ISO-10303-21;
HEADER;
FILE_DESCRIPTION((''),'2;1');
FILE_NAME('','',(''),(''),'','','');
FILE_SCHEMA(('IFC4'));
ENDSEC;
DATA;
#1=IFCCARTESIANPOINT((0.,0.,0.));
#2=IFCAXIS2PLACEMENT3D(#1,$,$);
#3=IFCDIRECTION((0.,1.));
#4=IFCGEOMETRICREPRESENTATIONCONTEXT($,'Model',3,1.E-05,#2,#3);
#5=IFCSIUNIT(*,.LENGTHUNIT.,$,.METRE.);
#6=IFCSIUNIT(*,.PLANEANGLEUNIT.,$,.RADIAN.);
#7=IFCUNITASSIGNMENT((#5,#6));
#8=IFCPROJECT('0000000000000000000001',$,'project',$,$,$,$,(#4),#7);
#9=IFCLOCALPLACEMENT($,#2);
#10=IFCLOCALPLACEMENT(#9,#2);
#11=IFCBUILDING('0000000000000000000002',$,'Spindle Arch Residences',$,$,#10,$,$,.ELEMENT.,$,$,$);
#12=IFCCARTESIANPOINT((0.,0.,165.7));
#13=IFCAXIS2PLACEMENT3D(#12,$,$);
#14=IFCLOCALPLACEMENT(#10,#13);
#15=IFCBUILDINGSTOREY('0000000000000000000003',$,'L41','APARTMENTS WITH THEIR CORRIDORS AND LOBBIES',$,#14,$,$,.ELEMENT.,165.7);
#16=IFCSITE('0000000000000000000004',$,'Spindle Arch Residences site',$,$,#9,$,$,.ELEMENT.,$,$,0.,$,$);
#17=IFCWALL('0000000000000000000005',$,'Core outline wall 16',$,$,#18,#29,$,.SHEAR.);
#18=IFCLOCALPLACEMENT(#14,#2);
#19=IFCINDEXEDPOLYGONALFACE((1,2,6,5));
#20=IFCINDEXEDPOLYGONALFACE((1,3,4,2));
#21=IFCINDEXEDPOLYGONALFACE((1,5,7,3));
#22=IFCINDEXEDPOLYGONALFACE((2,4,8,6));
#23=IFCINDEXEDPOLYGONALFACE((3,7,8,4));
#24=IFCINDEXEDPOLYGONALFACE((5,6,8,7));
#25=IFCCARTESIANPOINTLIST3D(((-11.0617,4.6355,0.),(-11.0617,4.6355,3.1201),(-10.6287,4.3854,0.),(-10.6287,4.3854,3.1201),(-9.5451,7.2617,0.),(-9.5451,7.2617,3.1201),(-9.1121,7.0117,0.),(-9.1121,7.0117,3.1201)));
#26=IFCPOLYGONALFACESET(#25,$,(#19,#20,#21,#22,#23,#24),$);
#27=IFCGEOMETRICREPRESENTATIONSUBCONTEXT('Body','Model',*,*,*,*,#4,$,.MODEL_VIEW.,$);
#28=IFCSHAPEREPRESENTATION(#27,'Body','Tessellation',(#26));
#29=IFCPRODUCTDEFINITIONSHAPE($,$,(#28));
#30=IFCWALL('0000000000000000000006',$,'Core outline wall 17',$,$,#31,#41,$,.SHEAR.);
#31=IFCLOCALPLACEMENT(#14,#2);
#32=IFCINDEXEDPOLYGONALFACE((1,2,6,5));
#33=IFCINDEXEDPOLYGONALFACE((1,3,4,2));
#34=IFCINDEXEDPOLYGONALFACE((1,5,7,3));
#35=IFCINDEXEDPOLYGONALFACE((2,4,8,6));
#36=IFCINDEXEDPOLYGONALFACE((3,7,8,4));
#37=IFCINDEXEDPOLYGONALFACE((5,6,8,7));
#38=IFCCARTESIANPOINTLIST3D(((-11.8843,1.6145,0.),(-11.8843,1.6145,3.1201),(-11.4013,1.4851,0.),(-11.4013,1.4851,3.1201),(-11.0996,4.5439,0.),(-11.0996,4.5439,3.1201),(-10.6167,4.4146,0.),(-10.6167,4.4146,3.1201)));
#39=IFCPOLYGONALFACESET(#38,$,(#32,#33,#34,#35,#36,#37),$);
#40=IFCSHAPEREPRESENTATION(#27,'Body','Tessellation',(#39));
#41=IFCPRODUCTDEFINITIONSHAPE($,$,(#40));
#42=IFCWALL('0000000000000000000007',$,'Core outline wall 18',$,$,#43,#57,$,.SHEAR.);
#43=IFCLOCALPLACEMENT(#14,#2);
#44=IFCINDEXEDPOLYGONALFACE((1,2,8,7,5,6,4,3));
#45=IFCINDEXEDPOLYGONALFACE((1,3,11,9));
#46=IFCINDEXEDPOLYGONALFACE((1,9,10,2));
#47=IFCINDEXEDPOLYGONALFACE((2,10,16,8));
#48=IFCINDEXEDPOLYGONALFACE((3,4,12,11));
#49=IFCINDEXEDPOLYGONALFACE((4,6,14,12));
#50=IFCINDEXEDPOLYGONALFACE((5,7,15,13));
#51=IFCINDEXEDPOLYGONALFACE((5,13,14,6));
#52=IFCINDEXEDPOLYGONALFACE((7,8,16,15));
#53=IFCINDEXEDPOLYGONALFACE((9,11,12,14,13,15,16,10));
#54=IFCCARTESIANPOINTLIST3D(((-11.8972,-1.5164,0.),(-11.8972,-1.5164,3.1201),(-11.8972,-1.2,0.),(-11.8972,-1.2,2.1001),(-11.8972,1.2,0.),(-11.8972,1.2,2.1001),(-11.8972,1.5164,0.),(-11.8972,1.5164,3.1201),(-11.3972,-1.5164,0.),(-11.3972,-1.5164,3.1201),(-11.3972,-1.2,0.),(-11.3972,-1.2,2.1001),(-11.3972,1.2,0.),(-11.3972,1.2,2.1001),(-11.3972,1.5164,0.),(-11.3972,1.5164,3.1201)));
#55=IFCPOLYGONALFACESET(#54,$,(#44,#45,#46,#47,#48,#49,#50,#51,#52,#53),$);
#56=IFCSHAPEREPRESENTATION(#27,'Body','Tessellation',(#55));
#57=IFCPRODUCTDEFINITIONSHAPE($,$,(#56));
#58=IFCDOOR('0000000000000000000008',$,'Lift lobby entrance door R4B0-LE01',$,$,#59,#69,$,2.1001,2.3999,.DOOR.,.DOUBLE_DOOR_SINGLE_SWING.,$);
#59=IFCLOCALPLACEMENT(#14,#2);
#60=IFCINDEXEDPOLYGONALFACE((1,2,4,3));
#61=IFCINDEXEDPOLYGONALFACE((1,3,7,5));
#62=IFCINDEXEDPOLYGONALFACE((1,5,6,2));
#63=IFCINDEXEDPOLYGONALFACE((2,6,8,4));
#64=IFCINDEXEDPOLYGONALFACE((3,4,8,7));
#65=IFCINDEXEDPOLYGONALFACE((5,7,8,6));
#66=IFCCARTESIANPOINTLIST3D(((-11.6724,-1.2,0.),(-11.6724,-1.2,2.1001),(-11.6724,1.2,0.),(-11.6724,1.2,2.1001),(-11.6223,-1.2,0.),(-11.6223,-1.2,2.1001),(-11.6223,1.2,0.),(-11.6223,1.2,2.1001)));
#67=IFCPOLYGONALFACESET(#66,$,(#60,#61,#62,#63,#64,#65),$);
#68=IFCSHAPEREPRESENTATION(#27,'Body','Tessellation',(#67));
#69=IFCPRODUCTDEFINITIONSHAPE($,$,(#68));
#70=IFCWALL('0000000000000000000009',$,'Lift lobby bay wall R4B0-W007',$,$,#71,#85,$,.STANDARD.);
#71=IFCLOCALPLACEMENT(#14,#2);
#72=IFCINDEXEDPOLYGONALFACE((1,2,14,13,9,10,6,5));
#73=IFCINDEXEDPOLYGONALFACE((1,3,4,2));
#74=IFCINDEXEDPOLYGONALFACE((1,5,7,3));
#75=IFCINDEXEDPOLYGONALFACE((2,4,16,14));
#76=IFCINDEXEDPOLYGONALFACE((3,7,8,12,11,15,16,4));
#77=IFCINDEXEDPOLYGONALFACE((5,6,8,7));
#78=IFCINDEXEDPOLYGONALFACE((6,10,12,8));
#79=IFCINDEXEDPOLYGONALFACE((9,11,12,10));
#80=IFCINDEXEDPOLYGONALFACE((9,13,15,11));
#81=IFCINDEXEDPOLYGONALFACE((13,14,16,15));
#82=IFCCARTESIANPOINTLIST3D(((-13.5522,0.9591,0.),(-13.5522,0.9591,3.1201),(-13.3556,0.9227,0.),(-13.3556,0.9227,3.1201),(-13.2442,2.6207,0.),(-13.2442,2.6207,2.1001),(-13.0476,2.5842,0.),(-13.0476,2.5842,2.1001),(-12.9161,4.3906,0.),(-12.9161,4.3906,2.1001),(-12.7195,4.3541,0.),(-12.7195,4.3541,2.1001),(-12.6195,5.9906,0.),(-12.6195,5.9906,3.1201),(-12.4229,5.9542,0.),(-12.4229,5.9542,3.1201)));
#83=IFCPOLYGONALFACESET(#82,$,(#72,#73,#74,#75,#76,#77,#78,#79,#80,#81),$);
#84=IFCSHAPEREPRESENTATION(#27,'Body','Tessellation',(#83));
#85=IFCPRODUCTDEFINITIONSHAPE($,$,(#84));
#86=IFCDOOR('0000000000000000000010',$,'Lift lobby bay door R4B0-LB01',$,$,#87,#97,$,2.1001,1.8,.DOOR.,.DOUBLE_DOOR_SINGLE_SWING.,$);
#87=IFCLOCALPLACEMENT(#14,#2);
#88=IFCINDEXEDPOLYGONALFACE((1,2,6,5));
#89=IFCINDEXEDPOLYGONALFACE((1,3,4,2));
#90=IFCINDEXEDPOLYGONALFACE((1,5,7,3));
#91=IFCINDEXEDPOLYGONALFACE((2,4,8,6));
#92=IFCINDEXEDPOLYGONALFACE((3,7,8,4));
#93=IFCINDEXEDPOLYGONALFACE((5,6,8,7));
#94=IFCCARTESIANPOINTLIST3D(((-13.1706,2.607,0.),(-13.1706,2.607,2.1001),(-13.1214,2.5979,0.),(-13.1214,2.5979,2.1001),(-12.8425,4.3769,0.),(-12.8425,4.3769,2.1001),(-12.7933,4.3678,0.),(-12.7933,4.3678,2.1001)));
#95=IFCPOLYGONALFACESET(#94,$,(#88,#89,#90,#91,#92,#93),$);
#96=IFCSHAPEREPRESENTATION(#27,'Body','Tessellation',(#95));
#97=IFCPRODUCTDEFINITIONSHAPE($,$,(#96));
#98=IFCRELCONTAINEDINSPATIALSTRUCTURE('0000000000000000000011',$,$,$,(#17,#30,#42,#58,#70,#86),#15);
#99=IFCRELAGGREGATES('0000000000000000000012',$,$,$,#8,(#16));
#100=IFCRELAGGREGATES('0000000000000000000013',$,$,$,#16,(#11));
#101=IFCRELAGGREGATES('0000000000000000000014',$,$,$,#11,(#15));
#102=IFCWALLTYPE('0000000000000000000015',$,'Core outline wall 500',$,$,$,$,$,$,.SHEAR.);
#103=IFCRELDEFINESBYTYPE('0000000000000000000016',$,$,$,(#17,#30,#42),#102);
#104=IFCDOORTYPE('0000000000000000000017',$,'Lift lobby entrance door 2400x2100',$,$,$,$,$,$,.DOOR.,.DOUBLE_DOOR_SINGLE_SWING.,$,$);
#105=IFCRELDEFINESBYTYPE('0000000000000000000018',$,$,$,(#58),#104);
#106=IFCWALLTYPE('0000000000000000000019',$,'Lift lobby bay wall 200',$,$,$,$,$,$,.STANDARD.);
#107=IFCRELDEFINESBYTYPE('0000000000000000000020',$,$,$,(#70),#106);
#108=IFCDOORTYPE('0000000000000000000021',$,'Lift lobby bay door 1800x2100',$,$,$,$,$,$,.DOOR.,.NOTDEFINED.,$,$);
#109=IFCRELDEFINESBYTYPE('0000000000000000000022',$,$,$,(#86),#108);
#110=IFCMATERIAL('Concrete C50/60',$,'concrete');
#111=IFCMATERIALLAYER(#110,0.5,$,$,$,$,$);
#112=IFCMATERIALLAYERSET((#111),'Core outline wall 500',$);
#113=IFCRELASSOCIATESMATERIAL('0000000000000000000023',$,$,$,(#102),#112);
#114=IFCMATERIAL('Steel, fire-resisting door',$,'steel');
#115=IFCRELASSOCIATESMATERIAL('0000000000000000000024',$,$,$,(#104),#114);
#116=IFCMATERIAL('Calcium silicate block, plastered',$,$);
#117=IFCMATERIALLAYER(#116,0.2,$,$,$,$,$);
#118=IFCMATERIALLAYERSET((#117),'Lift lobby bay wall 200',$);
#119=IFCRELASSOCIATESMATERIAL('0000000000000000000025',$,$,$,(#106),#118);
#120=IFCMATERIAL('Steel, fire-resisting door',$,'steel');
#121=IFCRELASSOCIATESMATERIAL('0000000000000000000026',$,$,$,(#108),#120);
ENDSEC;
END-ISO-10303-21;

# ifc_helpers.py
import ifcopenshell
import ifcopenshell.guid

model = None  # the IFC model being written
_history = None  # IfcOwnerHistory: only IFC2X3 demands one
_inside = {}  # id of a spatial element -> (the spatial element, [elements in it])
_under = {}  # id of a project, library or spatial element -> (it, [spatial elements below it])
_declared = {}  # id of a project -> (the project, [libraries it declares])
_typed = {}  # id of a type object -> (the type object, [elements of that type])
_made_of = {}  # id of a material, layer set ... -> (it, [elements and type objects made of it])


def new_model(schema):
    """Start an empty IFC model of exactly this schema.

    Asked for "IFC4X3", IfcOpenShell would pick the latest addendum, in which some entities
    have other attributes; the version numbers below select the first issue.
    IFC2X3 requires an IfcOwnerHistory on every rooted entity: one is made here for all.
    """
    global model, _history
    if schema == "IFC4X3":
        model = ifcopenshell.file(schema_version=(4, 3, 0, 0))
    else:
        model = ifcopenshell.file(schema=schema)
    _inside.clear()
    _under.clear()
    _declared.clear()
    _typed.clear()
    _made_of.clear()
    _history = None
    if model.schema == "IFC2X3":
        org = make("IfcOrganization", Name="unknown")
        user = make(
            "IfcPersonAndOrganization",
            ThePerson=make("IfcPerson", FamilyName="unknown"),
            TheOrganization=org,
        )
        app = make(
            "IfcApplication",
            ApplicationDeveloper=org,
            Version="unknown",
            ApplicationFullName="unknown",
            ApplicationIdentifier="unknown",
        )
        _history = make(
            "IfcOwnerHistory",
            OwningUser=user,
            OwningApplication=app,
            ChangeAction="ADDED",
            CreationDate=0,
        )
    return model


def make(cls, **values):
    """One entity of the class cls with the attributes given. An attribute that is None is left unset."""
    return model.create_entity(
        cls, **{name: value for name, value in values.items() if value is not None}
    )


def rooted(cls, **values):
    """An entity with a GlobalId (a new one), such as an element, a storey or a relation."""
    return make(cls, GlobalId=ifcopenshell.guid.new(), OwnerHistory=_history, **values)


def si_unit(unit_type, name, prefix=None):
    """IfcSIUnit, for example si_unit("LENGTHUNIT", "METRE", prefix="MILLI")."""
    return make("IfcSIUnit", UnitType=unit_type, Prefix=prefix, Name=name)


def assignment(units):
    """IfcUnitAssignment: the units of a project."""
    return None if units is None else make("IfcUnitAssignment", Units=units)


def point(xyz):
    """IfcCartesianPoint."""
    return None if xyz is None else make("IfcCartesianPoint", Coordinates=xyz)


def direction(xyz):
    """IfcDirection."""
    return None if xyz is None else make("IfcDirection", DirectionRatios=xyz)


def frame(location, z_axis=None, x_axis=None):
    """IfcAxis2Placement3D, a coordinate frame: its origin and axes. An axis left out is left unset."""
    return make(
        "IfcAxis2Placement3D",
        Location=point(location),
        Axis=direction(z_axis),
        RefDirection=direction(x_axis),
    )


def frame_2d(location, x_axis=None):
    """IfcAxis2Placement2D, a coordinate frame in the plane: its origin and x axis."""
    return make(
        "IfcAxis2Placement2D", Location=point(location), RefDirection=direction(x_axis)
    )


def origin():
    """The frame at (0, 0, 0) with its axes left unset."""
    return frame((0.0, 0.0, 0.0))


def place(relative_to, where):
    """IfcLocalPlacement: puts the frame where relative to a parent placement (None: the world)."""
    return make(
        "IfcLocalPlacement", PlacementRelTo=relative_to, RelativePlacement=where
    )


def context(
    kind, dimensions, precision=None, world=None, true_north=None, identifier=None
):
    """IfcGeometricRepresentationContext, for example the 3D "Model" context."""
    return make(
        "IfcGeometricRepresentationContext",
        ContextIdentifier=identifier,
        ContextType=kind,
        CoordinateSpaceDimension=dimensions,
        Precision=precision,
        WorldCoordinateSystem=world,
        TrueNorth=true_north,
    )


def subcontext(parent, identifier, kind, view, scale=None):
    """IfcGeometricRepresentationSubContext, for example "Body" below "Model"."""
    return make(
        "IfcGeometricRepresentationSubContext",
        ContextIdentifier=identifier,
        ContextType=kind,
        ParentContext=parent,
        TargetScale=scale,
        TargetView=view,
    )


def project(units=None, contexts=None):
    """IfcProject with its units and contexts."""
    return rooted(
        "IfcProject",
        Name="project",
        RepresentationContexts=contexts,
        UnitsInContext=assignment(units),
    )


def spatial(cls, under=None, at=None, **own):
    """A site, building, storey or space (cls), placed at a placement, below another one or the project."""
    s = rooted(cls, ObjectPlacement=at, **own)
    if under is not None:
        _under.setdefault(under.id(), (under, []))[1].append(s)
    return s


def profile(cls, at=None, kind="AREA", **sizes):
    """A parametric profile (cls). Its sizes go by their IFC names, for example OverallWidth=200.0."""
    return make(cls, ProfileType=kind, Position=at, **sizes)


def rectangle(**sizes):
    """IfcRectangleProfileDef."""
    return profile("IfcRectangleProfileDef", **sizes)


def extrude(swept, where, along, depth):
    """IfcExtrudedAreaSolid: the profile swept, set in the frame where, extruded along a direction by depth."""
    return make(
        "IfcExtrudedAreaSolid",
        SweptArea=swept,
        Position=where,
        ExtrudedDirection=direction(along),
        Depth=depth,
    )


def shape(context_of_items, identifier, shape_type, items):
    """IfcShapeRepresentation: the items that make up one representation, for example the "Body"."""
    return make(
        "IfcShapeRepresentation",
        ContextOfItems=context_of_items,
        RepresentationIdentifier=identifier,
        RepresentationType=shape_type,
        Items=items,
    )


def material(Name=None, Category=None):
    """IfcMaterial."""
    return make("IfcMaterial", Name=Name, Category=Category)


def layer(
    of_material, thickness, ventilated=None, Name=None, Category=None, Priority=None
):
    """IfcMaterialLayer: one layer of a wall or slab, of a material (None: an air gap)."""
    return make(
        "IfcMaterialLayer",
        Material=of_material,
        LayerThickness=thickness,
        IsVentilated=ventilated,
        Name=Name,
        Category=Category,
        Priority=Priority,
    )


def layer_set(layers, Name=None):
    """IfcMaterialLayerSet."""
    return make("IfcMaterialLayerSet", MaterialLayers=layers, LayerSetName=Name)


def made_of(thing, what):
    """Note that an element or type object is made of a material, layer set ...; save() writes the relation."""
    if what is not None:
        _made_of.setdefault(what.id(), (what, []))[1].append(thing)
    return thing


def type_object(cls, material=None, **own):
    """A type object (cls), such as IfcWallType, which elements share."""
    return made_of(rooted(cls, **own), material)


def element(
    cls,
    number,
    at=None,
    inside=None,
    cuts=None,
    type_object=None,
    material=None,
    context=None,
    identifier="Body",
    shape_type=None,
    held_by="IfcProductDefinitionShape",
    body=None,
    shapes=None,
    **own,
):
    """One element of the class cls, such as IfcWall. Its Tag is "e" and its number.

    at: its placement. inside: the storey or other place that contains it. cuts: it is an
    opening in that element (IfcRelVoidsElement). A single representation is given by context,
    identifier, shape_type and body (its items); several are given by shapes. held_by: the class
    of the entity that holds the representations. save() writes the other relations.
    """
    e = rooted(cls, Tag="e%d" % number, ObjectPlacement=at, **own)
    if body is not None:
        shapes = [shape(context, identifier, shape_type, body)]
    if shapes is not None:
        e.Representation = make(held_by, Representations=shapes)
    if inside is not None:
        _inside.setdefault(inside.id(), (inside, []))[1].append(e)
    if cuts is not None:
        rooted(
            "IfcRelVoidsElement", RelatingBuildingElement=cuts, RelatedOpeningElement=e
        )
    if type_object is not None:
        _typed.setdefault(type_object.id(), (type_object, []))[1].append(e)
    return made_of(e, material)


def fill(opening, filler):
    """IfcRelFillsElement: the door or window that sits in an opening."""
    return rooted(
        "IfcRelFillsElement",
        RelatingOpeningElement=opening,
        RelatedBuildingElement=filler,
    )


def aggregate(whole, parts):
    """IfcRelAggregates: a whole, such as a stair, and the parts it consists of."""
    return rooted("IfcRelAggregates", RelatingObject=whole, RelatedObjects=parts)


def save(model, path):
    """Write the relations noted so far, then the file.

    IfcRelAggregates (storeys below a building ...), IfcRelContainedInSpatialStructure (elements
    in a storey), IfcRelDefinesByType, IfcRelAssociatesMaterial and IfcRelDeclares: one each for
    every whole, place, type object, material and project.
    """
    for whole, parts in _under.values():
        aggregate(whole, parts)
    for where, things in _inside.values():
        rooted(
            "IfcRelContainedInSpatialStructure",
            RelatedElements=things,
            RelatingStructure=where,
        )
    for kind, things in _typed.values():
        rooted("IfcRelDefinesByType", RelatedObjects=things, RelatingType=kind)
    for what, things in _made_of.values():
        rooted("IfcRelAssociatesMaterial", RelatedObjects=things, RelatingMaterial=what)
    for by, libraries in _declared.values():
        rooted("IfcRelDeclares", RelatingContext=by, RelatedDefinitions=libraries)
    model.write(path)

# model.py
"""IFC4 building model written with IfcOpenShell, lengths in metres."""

from ifc_helpers import new_model, si_unit, direction, frame, frame_2d, origin, place, context, subcontext, project, spatial, rectangle, extrude, material, layer, layer_set, type_object, element, fill, save


model = new_model("IFC4")

# Units and contexts
model_context = context("Model", 3, precision=1e-05, world=origin(), true_north=direction((0.0, 1.0)))
body_context = subcontext(model_context, "Body", "Model", "MODEL_VIEW")
ifc_project = project(units=[si_unit("LENGTHUNIT", "METRE"), si_unit("PLANEANGLEUNIT", "RADIAN")], contexts=[model_context])

# Site, building, storey
site_placement = place(None, origin())
site = spatial("IfcSite", under=ifc_project, at=site_placement, Name="Spindle Arch Residences site", CompositionType="ELEMENT", RefElevation=0.0)
building_placement = place(site_placement, origin())
building = spatial("IfcBuilding", under=site, at=building_placement, Name="Spindle Arch Residences", CompositionType="ELEMENT")
storey_placement = place(building_placement, frame((0.0, 0.0, 165.7)))
storey = spatial("IfcBuildingStorey", under=building, at=storey_placement, Name="L41", Description="APARTMENTS WITH THEIR CORRIDORS AND LOBBIES", CompositionType="ELEMENT", Elevation=165.7)

# Walls
ifc_material_1 = material(Name="Concrete C50/60", Category="concrete")
ifc_layer_1 = layer(ifc_material_1, 0.5)
ifc_layer_set_1 = layer_set([ifc_layer_1], Name="Core outline wall 500")
wall_type_1 = type_object("IfcWallType", Name="Core outline wall 500", PredefinedType="SHEAR", material=ifc_layer_set_1)
for number, where, z_axis, x_axis, name in (
    (1, (-9.3286, 7.1367, 0.0), (0.0, 0.0, 1.0), (-0.500087, -0.865975, 0.0), "Core outline wall 16"),
    (2, (-10.8582, 4.4792, 0.0), (0.0, 0.0, 1.0), (-0.258735, -0.965948, 0.0), "Core outline wall 17"),
):
    element("IfcWall", number, at=place(storey_placement, frame(where, z_axis=z_axis, x_axis=x_axis)), inside=storey, type_object=wall_type_1, Name=name, PredefinedType="SHEAR", context=body_context, shape_type="SweptSolid", body=[
        extrude(rectangle(XDim=3.0327, YDim=0.5, at=frame_2d((1.5164, 0.0))), origin(), (0.0, 0.0, 1.0), 3.1201),
    ])

# Walls, openings, doors
wall_1_placement = place(storey_placement, frame((-11.6472, 1.5164, 0.0), z_axis=(0.0, 0.0, 1.0), x_axis=(0.0, -1.0, 0.0)))
wall_1 = element("IfcWall", 3, at=wall_1_placement, inside=storey, type_object=wall_type_1, Name="Core outline wall 18", PredefinedType="SHEAR", context=body_context, shape_type="SweptSolid", body=[
    extrude(rectangle(XDim=3.0327, YDim=0.5, at=frame_2d((1.5164, 0.0))), origin(), (0.0, 0.0, 1.0), 3.1201),
])
opening_1_placement = place(wall_1_placement, frame((0.3164, 0.0, 0.0)))
opening_1 = element("IfcOpeningElement", 4, at=opening_1_placement, cuts=wall_1, PredefinedType="OPENING", context=body_context, shape_type="SweptSolid", body=[
    extrude(rectangle(XDim=2.3999, YDim=2.1001, at=frame_2d((1.2, 1.05))), frame((0.0, 0.26, 0.0), z_axis=(0.0, -1.0, 0.0), x_axis=(1.0, 0.0, 0.0)), (0.0, 0.0, 1.0), 0.52),
])
ifc_material_2 = material(Name="Steel, fire-resisting door", Category="steel")
door_type_1 = type_object("IfcDoorType", Name="Lift lobby entrance door 2400x2100", OperationType="DOUBLE_DOOR_SINGLE_SWING", PredefinedType="DOOR", material=ifc_material_2)
door_1_placement = place(opening_1_placement, origin())
door_1 = element("IfcDoor", 5, at=door_1_placement, inside=storey, type_object=door_type_1, Name="Lift lobby entrance door R4B0-LE01", OperationType="DOUBLE_DOOR_SINGLE_SWING", OverallHeight=2.1001, OverallWidth=2.3999, PredefinedType="DOOR", context=body_context, shape_type="SweptSolid", body=[
    extrude(rectangle(XDim=2.3999, YDim=2.1001, at=frame_2d((1.2, 1.05))), frame((0.0, 0.0249, 0.0), z_axis=(0.0, -1.0, 0.0), x_axis=(1.0, 0.0, 0.0)), (0.0, 0.0, 1.0), 0.05),
])
fill(opening_1, door_1)
ifc_material_3 = material(Name="Calcium silicate block, plastered")
ifc_layer_2 = layer(ifc_material_3, 0.2)
ifc_layer_set_2 = layer_set([ifc_layer_2], Name="Lift lobby bay wall 200")
wall_type_2 = type_object("IfcWallType", Name="Lift lobby bay wall 200", PredefinedType="STANDARD", material=ifc_layer_set_2)
wall_2_placement = place(storey_placement, frame((-12.5212, 5.9724, 0.0), z_axis=(0.0, 0.0, 1.0), x_axis=(-0.182252, -0.983252, 0.0)))
wall_2 = element("IfcWall", 6, at=wall_2_placement, inside=storey, type_object=wall_type_2, Name="Lift lobby bay wall R4B0-W007", PredefinedType="STANDARD", context=body_context, shape_type="SweptSolid", body=[
    extrude(rectangle(XDim=5.1172, YDim=0.2, at=frame_2d((2.5586, 0.0))), origin(), (0.0, 0.0, 1.0), 3.1201),
])
opening_2_placement = place(wall_2_placement, frame((1.6274, 0.0, 0.0)))
opening_2 = element("IfcOpeningElement", 7, at=opening_2_placement, cuts=wall_2, PredefinedType="OPENING", context=body_context, shape_type="SweptSolid", body=[
    extrude(rectangle(XDim=1.8, YDim=2.1001, at=frame_2d((0.8999, 1.05))), frame((0.0, 0.1099, 0.0), z_axis=(0.0, -1.0, 0.0), x_axis=(1.0, 0.0, 0.0)), (0.0, 0.0, 1.0), 0.22),
])
ifc_material_4 = material(Name="Steel, fire-resisting door", Category="steel")
door_type_2 = type_object("IfcDoorType", Name="Lift lobby bay door 1800x2100", OperationType="NOTDEFINED", PredefinedType="DOOR", material=ifc_material_4)
door_2_placement = place(opening_2_placement, origin())
door_2 = element("IfcDoor", 8, at=door_2_placement, inside=storey, type_object=door_type_2, Name="Lift lobby bay door R4B0-LB01", OperationType="DOUBLE_DOOR_SINGLE_SWING", OverallHeight=2.1001, OverallWidth=1.8, PredefinedType="DOOR", context=body_context, shape_type="SweptSolid", body=[
    extrude(rectangle(XDim=1.8, YDim=2.1001, at=frame_2d((0.8999, 1.05))), frame((0.0, 0.0249, 0.0), z_axis=(0.0, -1.0, 0.0), x_axis=(1.0, 0.0, 0.0)), (0.0, 0.0, 1.0), 0.05),
])
fill(opening_2, door_2)

save(model, "model.ifc")
